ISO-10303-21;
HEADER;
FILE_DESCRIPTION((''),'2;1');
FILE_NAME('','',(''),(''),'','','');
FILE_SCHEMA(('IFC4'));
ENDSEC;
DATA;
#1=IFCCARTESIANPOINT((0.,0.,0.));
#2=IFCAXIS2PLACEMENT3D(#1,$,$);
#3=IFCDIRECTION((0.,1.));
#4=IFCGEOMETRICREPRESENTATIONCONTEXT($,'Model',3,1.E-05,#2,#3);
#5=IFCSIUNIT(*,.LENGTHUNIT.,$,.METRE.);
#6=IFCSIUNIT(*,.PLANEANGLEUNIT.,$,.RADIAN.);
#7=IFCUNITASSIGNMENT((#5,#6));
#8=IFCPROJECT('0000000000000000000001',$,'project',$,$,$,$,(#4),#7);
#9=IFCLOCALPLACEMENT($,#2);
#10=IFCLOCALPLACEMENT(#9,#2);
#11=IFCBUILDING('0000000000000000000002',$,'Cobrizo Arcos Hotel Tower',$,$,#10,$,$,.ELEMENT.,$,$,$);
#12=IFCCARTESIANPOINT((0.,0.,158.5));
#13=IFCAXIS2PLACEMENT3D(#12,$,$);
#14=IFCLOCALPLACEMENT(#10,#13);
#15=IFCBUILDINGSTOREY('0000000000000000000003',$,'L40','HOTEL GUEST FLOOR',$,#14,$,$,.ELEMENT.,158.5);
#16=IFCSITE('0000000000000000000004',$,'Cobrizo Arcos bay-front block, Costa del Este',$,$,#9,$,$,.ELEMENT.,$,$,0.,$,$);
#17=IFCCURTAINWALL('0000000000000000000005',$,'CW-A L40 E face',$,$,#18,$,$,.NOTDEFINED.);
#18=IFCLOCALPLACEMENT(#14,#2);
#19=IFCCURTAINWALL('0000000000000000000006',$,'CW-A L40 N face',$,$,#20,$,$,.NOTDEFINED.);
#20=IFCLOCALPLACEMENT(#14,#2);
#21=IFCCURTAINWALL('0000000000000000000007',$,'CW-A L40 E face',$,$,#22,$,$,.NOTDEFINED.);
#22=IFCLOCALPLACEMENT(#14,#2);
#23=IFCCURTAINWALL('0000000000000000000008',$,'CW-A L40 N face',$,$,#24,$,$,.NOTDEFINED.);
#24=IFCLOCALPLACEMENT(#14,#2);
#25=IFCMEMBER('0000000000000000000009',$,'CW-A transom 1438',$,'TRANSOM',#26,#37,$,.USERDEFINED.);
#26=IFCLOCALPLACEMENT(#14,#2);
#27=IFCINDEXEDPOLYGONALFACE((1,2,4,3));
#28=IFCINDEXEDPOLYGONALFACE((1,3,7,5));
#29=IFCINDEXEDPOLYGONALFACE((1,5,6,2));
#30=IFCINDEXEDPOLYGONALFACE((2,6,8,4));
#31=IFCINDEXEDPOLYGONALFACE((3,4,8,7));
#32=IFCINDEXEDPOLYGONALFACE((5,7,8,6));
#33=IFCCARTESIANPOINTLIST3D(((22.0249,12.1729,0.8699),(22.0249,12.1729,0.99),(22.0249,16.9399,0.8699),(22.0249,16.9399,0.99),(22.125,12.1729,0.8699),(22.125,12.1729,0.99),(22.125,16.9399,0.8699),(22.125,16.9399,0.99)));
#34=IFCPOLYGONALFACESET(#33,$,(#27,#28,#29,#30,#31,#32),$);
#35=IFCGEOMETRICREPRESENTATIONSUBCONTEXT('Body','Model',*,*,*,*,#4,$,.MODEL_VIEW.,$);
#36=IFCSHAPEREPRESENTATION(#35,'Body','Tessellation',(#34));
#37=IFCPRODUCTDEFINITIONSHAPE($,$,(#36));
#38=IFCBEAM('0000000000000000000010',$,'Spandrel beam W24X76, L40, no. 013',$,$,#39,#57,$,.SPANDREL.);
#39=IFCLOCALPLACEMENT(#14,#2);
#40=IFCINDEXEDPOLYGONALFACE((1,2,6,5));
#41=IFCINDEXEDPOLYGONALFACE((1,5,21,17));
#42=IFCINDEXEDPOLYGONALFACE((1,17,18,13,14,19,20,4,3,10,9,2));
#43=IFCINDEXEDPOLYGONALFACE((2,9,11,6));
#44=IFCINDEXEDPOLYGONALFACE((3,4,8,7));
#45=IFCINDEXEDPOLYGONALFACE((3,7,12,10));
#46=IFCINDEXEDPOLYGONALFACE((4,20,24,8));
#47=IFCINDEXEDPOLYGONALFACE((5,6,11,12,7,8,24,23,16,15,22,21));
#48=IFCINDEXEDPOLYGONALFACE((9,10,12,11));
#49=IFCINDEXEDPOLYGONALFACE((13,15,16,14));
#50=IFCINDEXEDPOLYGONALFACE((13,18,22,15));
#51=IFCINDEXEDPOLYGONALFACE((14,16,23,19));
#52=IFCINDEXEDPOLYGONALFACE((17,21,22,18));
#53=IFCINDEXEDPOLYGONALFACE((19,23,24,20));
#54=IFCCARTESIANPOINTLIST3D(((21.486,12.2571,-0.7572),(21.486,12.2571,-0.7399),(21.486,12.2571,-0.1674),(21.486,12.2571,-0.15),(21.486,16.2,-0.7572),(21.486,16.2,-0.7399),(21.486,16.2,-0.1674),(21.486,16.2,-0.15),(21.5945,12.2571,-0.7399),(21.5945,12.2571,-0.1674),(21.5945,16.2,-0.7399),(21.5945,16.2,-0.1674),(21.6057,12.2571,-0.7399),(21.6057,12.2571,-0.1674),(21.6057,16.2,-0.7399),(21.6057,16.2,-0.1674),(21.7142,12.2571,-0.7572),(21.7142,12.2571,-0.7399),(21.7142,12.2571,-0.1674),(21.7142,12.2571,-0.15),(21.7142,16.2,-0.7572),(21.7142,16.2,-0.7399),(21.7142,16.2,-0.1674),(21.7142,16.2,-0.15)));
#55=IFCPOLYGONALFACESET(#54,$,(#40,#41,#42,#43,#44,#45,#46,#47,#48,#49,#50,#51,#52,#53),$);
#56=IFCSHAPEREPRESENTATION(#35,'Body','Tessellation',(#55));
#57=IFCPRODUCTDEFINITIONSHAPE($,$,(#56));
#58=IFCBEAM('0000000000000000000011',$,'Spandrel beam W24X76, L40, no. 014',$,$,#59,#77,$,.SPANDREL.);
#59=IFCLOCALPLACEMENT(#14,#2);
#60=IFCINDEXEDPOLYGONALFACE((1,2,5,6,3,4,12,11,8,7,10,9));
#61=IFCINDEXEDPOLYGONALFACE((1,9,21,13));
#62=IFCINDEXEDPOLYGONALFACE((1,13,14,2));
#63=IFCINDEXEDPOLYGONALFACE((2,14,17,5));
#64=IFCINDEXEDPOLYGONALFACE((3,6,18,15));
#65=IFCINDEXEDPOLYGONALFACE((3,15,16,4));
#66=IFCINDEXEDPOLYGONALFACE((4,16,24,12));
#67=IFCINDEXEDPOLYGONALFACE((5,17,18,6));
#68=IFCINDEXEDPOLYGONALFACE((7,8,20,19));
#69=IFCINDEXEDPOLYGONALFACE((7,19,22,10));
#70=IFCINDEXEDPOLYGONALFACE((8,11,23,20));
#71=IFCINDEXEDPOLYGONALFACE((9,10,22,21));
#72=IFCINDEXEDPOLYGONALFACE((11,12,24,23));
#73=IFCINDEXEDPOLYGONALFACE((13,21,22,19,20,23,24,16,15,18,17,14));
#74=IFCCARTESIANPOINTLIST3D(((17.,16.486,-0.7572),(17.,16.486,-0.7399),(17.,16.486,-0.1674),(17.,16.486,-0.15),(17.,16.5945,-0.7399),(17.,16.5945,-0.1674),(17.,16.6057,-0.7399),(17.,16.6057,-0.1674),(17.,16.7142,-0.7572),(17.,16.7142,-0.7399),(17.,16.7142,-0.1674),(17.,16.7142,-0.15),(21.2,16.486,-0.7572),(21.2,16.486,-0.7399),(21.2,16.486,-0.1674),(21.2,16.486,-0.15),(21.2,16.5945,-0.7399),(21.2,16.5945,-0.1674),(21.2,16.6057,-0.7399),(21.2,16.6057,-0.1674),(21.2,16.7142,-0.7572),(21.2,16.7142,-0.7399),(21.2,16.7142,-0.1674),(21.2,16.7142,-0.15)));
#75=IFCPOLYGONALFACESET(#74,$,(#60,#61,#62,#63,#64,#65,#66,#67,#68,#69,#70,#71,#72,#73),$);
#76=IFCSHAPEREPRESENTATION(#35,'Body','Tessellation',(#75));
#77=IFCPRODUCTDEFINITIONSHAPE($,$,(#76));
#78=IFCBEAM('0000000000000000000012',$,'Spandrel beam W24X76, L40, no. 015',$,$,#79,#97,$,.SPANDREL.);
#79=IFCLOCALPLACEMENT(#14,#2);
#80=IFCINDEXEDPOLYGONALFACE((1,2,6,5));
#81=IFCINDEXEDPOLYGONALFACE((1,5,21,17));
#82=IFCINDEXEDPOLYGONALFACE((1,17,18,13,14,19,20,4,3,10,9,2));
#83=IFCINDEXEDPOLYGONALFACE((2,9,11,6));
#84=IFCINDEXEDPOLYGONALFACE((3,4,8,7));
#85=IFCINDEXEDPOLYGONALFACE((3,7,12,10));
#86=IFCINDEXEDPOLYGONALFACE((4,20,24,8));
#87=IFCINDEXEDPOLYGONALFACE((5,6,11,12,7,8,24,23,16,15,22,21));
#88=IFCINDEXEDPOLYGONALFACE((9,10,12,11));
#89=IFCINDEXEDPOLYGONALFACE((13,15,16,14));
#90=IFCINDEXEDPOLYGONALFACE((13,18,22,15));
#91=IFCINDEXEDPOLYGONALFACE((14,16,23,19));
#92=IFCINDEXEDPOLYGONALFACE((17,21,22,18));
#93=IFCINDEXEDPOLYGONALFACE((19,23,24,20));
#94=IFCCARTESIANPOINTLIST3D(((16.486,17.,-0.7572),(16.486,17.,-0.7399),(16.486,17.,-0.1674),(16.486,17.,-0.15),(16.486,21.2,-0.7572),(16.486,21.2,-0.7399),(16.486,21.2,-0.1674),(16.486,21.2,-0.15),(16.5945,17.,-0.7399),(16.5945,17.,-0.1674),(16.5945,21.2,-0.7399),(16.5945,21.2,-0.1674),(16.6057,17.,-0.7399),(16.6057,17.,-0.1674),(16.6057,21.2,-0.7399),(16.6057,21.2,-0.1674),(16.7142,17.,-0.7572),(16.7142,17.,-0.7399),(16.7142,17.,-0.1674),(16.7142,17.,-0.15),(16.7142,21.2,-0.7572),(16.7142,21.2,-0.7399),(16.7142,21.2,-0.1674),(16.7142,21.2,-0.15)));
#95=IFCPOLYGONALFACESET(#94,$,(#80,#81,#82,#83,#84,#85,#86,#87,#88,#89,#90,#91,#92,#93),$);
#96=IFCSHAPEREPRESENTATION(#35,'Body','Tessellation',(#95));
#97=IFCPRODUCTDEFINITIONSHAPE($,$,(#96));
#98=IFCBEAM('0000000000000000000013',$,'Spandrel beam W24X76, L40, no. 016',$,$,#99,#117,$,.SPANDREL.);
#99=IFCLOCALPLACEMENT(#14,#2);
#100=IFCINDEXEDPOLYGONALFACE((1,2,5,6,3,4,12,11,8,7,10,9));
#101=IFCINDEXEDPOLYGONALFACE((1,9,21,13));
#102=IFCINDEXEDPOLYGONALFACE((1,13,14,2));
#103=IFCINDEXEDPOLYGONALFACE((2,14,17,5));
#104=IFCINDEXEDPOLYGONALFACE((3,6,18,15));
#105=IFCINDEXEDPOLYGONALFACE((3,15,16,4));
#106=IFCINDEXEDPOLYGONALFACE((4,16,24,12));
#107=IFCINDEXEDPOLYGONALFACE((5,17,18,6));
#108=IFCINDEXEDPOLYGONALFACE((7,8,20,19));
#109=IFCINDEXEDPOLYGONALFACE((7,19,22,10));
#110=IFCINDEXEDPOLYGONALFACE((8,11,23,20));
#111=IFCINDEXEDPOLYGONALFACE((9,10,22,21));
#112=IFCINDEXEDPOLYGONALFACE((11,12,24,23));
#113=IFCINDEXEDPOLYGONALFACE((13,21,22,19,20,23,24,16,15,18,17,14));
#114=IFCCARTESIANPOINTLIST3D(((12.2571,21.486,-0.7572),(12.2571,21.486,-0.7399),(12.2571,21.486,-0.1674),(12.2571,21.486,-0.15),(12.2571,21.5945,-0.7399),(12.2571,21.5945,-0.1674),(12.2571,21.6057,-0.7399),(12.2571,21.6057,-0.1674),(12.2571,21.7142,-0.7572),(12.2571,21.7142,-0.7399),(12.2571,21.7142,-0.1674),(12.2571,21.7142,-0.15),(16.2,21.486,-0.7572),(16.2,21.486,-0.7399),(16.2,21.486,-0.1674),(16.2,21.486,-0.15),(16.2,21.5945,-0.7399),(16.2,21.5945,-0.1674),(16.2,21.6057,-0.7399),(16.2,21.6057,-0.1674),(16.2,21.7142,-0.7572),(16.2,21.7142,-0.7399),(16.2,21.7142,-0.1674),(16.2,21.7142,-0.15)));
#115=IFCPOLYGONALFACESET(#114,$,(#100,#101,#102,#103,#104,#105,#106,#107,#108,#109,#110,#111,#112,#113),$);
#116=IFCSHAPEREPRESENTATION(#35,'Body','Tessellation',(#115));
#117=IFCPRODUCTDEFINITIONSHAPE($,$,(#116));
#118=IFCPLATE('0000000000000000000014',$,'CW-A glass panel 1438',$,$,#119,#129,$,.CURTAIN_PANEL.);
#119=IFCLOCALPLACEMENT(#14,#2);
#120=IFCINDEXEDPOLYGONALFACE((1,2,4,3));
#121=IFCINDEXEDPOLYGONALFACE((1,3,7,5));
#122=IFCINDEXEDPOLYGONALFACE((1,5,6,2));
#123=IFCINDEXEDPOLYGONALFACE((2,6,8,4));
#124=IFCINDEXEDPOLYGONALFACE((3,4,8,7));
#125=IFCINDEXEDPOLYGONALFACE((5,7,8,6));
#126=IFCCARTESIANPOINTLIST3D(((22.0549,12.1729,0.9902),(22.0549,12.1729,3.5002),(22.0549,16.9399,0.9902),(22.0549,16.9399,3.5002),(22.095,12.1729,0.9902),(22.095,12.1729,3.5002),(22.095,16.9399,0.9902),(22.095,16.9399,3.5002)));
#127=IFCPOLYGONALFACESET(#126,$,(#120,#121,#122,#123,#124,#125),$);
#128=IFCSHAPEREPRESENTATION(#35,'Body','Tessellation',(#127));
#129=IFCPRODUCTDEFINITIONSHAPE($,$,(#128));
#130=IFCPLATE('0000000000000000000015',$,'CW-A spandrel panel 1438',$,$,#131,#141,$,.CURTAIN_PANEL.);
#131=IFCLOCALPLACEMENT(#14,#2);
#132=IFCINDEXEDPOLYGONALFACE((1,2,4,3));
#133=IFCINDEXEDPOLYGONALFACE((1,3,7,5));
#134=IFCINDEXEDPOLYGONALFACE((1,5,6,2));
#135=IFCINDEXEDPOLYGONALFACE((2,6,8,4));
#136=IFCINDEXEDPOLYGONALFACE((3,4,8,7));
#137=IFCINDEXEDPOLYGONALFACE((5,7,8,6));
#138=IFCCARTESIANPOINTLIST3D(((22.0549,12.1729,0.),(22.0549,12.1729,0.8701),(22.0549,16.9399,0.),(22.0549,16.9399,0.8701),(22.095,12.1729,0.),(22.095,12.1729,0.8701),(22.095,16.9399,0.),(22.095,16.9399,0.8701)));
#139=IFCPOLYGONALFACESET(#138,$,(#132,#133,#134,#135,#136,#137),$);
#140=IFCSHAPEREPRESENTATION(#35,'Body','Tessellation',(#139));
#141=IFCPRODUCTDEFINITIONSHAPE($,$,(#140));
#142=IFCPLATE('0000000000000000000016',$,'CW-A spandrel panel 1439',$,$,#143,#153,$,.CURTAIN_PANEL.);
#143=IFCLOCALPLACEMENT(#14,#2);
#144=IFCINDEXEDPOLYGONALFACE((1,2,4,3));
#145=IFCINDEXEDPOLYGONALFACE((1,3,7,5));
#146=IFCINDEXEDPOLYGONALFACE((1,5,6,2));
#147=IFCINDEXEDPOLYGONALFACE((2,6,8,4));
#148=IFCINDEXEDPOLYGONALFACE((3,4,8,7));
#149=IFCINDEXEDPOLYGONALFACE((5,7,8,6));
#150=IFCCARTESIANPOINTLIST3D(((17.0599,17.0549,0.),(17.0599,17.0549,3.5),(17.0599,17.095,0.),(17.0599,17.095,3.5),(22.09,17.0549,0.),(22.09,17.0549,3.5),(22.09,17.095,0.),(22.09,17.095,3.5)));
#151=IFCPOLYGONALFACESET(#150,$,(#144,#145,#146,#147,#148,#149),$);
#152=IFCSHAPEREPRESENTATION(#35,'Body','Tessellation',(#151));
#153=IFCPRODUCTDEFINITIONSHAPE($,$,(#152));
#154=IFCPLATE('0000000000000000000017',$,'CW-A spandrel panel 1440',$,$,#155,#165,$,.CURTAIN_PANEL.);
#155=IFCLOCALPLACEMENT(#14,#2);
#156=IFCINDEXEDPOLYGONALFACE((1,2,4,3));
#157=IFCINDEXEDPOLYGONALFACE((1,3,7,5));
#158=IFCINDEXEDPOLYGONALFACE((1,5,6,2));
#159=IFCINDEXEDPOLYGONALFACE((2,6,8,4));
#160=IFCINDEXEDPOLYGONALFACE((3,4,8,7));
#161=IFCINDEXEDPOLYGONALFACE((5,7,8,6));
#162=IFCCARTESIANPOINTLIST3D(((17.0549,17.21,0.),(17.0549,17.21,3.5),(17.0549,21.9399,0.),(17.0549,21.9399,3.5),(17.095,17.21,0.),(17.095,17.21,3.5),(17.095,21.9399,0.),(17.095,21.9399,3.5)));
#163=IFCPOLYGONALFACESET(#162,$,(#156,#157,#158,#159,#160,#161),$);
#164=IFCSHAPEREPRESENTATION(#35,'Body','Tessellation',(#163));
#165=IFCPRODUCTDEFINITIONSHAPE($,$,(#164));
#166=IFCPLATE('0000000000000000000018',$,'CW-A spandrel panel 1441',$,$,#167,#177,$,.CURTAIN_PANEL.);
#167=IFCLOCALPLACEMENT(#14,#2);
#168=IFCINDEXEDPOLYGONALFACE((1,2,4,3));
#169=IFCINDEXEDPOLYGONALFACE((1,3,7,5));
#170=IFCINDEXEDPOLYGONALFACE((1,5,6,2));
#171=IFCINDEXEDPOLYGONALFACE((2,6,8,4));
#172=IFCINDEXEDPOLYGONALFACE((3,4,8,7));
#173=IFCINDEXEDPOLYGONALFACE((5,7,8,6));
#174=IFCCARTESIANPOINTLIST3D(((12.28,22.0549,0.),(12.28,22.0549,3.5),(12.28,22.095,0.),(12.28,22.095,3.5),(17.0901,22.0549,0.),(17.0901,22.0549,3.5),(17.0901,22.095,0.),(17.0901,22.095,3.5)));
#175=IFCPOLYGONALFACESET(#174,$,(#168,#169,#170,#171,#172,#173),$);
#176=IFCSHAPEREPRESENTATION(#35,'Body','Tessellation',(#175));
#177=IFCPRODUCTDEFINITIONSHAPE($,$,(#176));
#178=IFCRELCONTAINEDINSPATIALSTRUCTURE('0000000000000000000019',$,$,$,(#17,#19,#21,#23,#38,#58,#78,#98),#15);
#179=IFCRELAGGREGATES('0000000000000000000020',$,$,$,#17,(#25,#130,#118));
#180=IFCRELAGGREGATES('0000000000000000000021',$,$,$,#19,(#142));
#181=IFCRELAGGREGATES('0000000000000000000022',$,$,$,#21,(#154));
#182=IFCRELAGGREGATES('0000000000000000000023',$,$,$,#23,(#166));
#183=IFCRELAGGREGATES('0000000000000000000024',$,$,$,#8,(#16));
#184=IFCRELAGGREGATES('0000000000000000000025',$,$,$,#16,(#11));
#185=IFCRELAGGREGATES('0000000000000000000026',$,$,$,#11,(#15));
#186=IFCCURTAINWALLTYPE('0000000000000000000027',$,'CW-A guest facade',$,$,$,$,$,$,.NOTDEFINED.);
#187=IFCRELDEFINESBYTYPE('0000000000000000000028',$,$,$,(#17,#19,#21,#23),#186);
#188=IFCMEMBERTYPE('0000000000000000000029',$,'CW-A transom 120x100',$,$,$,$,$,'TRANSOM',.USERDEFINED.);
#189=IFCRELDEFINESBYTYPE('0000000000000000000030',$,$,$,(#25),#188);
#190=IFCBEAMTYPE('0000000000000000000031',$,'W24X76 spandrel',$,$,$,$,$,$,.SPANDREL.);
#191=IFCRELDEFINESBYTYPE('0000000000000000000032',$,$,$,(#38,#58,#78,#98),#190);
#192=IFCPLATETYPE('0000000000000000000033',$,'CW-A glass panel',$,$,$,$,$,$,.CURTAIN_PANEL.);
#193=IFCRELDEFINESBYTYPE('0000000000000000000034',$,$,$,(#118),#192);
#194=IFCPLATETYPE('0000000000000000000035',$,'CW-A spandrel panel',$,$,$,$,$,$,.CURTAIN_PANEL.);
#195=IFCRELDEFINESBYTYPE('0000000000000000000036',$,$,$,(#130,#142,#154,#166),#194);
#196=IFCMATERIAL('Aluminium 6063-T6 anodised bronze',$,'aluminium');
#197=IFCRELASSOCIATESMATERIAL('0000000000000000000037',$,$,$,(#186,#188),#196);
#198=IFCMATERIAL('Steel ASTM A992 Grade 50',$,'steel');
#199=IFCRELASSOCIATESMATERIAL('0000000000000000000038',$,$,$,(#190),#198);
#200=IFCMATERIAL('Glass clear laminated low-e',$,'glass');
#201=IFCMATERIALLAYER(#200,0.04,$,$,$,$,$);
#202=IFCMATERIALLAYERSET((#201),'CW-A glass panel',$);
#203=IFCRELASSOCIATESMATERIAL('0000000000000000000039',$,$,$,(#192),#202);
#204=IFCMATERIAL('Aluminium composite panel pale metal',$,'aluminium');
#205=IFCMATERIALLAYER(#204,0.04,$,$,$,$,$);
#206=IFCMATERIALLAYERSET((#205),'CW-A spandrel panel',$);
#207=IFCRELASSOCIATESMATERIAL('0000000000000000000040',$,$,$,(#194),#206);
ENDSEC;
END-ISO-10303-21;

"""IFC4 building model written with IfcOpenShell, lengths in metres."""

from ifc_helpers import new_model, si_unit, direction, frame, origin, origin_2d, place, context, subcontext, project, spatial, rectangle, i_section, extrude, material, layer, layer_set, material_profile, profile_set, type_object, element, aggregate, save


model = new_model("IFC4")

# Units and contexts
model_context = context("Model", 3, precision=1e-05, world=origin(), true_north=direction((0.0, 1.0)))
body_context = subcontext(model_context, "Body", "Model", "MODEL_VIEW")
ifc_project = project(units=[si_unit("LENGTHUNIT", "METRE"), si_unit("PLANEANGLEUNIT", "RADIAN")], contexts=[model_context])

# Site, building, storey
site_placement = place(None, origin())
site = spatial("IfcSite", under=ifc_project, at=site_placement, Name="Cobrizo Arcos bay-front block, Costa del Este", CompositionType="ELEMENT", RefElevation=0.0)
building_placement = place(site_placement, origin())
building = spatial("IfcBuilding", under=site, at=building_placement, Name="Cobrizo Arcos Hotel Tower", CompositionType="ELEMENT")
storey_placement = place(building_placement, frame((0.0, 0.0, 158.5)))
storey = spatial("IfcBuildingStorey", under=building, at=storey_placement, Name="L40", Description="HOTEL GUEST FLOOR", CompositionType="ELEMENT", Elevation=158.5)

# Curtain walls
ifc_material_1 = material(Name="Aluminium 6063-T6 anodised bronze", Category="aluminium")
curtain_wall_type = type_object("IfcCurtainWallType", Name="CW-A guest facade", PredefinedType="NOTDEFINED", material=ifc_material_1)
curtain_wall_1_placement = place(storey_placement, origin())
curtain_wall_1 = element("IfcCurtainWall", 1, at=curtain_wall_1_placement, inside=storey, type_object=curtain_wall_type, Name="CW-A L40 E face", PredefinedType="NOTDEFINED")
curtain_wall_2_placement = place(storey_placement, origin())
curtain_wall_2 = element("IfcCurtainWall", 2, at=curtain_wall_2_placement, inside=storey, type_object=curtain_wall_type, Name="CW-A L40 N face", PredefinedType="NOTDEFINED")
curtain_wall_3_placement = place(storey_placement, origin())
curtain_wall_3 = element("IfcCurtainWall", 3, at=curtain_wall_3_placement, inside=storey, type_object=curtain_wall_type, Name="CW-A L40 E face", PredefinedType="NOTDEFINED")

# Curtain wall
curtain_wall_4_placement = place(storey_placement, origin())
curtain_wall_4 = element("IfcCurtainWall", 4, at=curtain_wall_4_placement, inside=storey, type_object=curtain_wall_type, Name="CW-A L40 N face", PredefinedType="NOTDEFINED")

# Member
ifc_material_profile_1 = material_profile(ifc_material_1, rectangle(XDim=0.1001, YDim=0.1201, at=origin_2d()), Name="CW-A transom 120x100")
ifc_profile_set_1 = profile_set([ifc_material_profile_1], Name="Aluminium 6063-T6 anodised bronze")
member_type_1 = type_object("IfcMemberType", Name="CW-A transom 120x100", ElementType="TRANSOM", PredefinedType="USERDEFINED", material=ifc_profile_set_1)
member_1_placement = place(storey_placement, frame((22.075, 12.1729, 0.9299), z_axis=(0.0, 1.0, 0.0), x_axis=(-1.0, 0.0, 0.0)))
member_1 = element("IfcMember", 5, at=member_1_placement, type_object=member_type_1, Name="CW-A transom 1438", ObjectType="TRANSOM", PredefinedType="USERDEFINED", context=body_context, shape_type="SweptSolid", body=[
    extrude(rectangle(XDim=0.1001, YDim=0.1201, at=origin_2d()), origin(), (0.0, 0.0, 1.0), 4.7671),
])

# Beams
ifc_material_2 = material(Name="Steel ASTM A992 Grade 50", Category="steel")
ifc_material_profile_2 = material_profile(ifc_material_2, i_section(OverallWidth=0.2283, OverallDepth=0.6072, WebThickness=0.0112, FlangeThickness=0.0173, at=origin_2d()), Name="W24X76")
ifc_profile_set_2 = profile_set([ifc_material_profile_2], Name="Steel ASTM A992 Grade 50")
beam_type_1 = type_object("IfcBeamType", Name="W24X76 spandrel", PredefinedType="SPANDREL", material=ifc_profile_set_2)
beam_1_placement = place(storey_placement, frame((21.6001, 12.2571, -0.4536), z_axis=(0.0, 1.0, 0.0), x_axis=(-1.0, 0.0, 0.0)))
element("IfcBeam", 6, at=beam_1_placement, inside=storey, type_object=beam_type_1, Name="Spandrel beam W24X76, L40, no. 013", PredefinedType="SPANDREL", context=body_context, shape_type="SweptSolid", body=[
    extrude(i_section(OverallWidth=0.2283, OverallDepth=0.6072, WebThickness=0.0112, FlangeThickness=0.0173, at=origin_2d()), origin(), (0.0, 0.0, 1.0), 3.9429),
])
for number, where, z_axis, x_axis, name in (
    (7, (21.2, 16.6001, -0.4536), (-1.0, 0.0, 0.0), (0.0, -1.0, 0.0), "Spandrel beam W24X76, L40, no. 014"),
    (8, (16.6001, 17.0, -0.4536), (0.0, 1.0, 0.0), (-1.0, 0.0, 0.0), "Spandrel beam W24X76, L40, no. 015"),
):
    element("IfcBeam", number, at=place(storey_placement, frame(where, z_axis=z_axis, x_axis=x_axis)), inside=storey, type_object=beam_type_1, Name=name, PredefinedType="SPANDREL", context=body_context, shape_type="SweptSolid", body=[
        extrude(i_section(OverallWidth=0.2283, OverallDepth=0.6072, WebThickness=0.0112, FlangeThickness=0.0173, at=origin_2d()), origin(), (0.0, 0.0, 1.0), 4.2),
    ])
beam_2_placement = place(storey_placement, frame((16.2, 21.6001, -0.4536), z_axis=(-1.0, 0.0, 0.0), x_axis=(0.0, -1.0, 0.0)))
element("IfcBeam", 9, at=beam_2_placement, inside=storey, type_object=beam_type_1, Name="Spandrel beam W24X76, L40, no. 016", PredefinedType="SPANDREL", context=body_context, shape_type="SweptSolid", body=[
    extrude(i_section(OverallWidth=0.2283, OverallDepth=0.6072, WebThickness=0.0112, FlangeThickness=0.0173, at=origin_2d()), origin(), (0.0, 0.0, 1.0), 3.9429),
])

# Plates
ifc_material_3 = material(Name="Glass clear laminated low-e", Category="glass")
ifc_layer_1 = layer(ifc_material_3, 0.04)
ifc_layer_set_1 = layer_set([ifc_layer_1], Name="CW-A glass panel")
plate_type_1 = type_object("IfcPlateType", Name="CW-A glass panel", PredefinedType="CURTAIN_PANEL", material=ifc_layer_set_1)
plate_1_placement = place(storey_placement, frame((22.075, 14.5564, 0.9902), z_axis=(0.0, 0.0, 1.0), x_axis=(0.0, 1.0, 0.0)))
plate_1 = element("IfcPlate", 10, at=plate_1_placement, type_object=plate_type_1, Name="CW-A glass panel 1438", PredefinedType="CURTAIN_PANEL", context=body_context, shape_type="SweptSolid", body=[
    extrude(rectangle(XDim=4.7671, YDim=0.04, at=origin_2d()), origin(), (0.0, 0.0, 1.0), 2.51),
])
ifc_material_4 = material(Name="Aluminium composite panel pale metal", Category="aluminium")
ifc_layer_2 = layer(ifc_material_4, 0.04)
ifc_layer_set_2 = layer_set([ifc_layer_2], Name="CW-A spandrel panel")
plate_type_2 = type_object("IfcPlateType", Name="CW-A spandrel panel", PredefinedType="CURTAIN_PANEL", material=ifc_layer_set_2)
plate_2_placement = place(storey_placement, frame((22.075, 14.5564, 0.0), z_axis=(0.0, 0.0, 1.0), x_axis=(0.0, 1.0, 0.0)))
plate_2 = element("IfcPlate", 11, at=plate_2_placement, type_object=plate_type_2, Name="CW-A spandrel panel 1438", PredefinedType="CURTAIN_PANEL", context=body_context, shape_type="SweptSolid", body=[
    extrude(rectangle(XDim=4.7671, YDim=0.04, at=origin_2d()), origin(), (0.0, 0.0, 1.0), 0.8701),
])
aggregate(curtain_wall_1, [member_1, plate_2, plate_1])
plate_3_placement = place(storey_placement, frame((19.575, 17.075, 0.0), z_axis=(0.0, 0.0, 1.0), x_axis=(-1.0, 0.0, 0.0)))
plate_3 = element("IfcPlate", 12, at=plate_3_placement, type_object=plate_type_2, Name="CW-A spandrel panel 1439", PredefinedType="CURTAIN_PANEL", context=body_context, shape_type="SweptSolid", body=[
    extrude(rectangle(XDim=5.03, YDim=0.04, at=origin_2d()), origin(), (0.0, 0.0, 1.0), 3.5),
])
aggregate(curtain_wall_2, [plate_3])
plate_4_placement = place(storey_placement, frame((17.075, 19.575, 0.0), z_axis=(0.0, 0.0, 1.0), x_axis=(0.0, 1.0, 0.0)))
plate_4 = element("IfcPlate", 13, at=plate_4_placement, type_object=plate_type_2, Name="CW-A spandrel panel 1440", PredefinedType="CURTAIN_PANEL", context=body_context, shape_type="SweptSolid", body=[
    extrude(rectangle(XDim=4.73, YDim=0.04, at=origin_2d()), origin(), (0.0, 0.0, 1.0), 3.5),
])
aggregate(curtain_wall_3, [plate_4])
plate_5_placement = place(storey_placement, frame((14.6851, 22.075, 0.0), z_axis=(0.0, 0.0, 1.0), x_axis=(-1.0, 0.0, 0.0)))
plate_5 = element("IfcPlate", 14, at=plate_5_placement, type_object=plate_type_2, Name="CW-A spandrel panel 1441", PredefinedType="CURTAIN_PANEL", context=body_context, shape_type="SweptSolid", body=[
    extrude(rectangle(XDim=4.8101, YDim=0.04, at=origin_2d()), origin(), (0.0, 0.0, 1.0), 3.5),
])
aggregate(curtain_wall_4, [plate_5])

save(model, "model.ifc")
